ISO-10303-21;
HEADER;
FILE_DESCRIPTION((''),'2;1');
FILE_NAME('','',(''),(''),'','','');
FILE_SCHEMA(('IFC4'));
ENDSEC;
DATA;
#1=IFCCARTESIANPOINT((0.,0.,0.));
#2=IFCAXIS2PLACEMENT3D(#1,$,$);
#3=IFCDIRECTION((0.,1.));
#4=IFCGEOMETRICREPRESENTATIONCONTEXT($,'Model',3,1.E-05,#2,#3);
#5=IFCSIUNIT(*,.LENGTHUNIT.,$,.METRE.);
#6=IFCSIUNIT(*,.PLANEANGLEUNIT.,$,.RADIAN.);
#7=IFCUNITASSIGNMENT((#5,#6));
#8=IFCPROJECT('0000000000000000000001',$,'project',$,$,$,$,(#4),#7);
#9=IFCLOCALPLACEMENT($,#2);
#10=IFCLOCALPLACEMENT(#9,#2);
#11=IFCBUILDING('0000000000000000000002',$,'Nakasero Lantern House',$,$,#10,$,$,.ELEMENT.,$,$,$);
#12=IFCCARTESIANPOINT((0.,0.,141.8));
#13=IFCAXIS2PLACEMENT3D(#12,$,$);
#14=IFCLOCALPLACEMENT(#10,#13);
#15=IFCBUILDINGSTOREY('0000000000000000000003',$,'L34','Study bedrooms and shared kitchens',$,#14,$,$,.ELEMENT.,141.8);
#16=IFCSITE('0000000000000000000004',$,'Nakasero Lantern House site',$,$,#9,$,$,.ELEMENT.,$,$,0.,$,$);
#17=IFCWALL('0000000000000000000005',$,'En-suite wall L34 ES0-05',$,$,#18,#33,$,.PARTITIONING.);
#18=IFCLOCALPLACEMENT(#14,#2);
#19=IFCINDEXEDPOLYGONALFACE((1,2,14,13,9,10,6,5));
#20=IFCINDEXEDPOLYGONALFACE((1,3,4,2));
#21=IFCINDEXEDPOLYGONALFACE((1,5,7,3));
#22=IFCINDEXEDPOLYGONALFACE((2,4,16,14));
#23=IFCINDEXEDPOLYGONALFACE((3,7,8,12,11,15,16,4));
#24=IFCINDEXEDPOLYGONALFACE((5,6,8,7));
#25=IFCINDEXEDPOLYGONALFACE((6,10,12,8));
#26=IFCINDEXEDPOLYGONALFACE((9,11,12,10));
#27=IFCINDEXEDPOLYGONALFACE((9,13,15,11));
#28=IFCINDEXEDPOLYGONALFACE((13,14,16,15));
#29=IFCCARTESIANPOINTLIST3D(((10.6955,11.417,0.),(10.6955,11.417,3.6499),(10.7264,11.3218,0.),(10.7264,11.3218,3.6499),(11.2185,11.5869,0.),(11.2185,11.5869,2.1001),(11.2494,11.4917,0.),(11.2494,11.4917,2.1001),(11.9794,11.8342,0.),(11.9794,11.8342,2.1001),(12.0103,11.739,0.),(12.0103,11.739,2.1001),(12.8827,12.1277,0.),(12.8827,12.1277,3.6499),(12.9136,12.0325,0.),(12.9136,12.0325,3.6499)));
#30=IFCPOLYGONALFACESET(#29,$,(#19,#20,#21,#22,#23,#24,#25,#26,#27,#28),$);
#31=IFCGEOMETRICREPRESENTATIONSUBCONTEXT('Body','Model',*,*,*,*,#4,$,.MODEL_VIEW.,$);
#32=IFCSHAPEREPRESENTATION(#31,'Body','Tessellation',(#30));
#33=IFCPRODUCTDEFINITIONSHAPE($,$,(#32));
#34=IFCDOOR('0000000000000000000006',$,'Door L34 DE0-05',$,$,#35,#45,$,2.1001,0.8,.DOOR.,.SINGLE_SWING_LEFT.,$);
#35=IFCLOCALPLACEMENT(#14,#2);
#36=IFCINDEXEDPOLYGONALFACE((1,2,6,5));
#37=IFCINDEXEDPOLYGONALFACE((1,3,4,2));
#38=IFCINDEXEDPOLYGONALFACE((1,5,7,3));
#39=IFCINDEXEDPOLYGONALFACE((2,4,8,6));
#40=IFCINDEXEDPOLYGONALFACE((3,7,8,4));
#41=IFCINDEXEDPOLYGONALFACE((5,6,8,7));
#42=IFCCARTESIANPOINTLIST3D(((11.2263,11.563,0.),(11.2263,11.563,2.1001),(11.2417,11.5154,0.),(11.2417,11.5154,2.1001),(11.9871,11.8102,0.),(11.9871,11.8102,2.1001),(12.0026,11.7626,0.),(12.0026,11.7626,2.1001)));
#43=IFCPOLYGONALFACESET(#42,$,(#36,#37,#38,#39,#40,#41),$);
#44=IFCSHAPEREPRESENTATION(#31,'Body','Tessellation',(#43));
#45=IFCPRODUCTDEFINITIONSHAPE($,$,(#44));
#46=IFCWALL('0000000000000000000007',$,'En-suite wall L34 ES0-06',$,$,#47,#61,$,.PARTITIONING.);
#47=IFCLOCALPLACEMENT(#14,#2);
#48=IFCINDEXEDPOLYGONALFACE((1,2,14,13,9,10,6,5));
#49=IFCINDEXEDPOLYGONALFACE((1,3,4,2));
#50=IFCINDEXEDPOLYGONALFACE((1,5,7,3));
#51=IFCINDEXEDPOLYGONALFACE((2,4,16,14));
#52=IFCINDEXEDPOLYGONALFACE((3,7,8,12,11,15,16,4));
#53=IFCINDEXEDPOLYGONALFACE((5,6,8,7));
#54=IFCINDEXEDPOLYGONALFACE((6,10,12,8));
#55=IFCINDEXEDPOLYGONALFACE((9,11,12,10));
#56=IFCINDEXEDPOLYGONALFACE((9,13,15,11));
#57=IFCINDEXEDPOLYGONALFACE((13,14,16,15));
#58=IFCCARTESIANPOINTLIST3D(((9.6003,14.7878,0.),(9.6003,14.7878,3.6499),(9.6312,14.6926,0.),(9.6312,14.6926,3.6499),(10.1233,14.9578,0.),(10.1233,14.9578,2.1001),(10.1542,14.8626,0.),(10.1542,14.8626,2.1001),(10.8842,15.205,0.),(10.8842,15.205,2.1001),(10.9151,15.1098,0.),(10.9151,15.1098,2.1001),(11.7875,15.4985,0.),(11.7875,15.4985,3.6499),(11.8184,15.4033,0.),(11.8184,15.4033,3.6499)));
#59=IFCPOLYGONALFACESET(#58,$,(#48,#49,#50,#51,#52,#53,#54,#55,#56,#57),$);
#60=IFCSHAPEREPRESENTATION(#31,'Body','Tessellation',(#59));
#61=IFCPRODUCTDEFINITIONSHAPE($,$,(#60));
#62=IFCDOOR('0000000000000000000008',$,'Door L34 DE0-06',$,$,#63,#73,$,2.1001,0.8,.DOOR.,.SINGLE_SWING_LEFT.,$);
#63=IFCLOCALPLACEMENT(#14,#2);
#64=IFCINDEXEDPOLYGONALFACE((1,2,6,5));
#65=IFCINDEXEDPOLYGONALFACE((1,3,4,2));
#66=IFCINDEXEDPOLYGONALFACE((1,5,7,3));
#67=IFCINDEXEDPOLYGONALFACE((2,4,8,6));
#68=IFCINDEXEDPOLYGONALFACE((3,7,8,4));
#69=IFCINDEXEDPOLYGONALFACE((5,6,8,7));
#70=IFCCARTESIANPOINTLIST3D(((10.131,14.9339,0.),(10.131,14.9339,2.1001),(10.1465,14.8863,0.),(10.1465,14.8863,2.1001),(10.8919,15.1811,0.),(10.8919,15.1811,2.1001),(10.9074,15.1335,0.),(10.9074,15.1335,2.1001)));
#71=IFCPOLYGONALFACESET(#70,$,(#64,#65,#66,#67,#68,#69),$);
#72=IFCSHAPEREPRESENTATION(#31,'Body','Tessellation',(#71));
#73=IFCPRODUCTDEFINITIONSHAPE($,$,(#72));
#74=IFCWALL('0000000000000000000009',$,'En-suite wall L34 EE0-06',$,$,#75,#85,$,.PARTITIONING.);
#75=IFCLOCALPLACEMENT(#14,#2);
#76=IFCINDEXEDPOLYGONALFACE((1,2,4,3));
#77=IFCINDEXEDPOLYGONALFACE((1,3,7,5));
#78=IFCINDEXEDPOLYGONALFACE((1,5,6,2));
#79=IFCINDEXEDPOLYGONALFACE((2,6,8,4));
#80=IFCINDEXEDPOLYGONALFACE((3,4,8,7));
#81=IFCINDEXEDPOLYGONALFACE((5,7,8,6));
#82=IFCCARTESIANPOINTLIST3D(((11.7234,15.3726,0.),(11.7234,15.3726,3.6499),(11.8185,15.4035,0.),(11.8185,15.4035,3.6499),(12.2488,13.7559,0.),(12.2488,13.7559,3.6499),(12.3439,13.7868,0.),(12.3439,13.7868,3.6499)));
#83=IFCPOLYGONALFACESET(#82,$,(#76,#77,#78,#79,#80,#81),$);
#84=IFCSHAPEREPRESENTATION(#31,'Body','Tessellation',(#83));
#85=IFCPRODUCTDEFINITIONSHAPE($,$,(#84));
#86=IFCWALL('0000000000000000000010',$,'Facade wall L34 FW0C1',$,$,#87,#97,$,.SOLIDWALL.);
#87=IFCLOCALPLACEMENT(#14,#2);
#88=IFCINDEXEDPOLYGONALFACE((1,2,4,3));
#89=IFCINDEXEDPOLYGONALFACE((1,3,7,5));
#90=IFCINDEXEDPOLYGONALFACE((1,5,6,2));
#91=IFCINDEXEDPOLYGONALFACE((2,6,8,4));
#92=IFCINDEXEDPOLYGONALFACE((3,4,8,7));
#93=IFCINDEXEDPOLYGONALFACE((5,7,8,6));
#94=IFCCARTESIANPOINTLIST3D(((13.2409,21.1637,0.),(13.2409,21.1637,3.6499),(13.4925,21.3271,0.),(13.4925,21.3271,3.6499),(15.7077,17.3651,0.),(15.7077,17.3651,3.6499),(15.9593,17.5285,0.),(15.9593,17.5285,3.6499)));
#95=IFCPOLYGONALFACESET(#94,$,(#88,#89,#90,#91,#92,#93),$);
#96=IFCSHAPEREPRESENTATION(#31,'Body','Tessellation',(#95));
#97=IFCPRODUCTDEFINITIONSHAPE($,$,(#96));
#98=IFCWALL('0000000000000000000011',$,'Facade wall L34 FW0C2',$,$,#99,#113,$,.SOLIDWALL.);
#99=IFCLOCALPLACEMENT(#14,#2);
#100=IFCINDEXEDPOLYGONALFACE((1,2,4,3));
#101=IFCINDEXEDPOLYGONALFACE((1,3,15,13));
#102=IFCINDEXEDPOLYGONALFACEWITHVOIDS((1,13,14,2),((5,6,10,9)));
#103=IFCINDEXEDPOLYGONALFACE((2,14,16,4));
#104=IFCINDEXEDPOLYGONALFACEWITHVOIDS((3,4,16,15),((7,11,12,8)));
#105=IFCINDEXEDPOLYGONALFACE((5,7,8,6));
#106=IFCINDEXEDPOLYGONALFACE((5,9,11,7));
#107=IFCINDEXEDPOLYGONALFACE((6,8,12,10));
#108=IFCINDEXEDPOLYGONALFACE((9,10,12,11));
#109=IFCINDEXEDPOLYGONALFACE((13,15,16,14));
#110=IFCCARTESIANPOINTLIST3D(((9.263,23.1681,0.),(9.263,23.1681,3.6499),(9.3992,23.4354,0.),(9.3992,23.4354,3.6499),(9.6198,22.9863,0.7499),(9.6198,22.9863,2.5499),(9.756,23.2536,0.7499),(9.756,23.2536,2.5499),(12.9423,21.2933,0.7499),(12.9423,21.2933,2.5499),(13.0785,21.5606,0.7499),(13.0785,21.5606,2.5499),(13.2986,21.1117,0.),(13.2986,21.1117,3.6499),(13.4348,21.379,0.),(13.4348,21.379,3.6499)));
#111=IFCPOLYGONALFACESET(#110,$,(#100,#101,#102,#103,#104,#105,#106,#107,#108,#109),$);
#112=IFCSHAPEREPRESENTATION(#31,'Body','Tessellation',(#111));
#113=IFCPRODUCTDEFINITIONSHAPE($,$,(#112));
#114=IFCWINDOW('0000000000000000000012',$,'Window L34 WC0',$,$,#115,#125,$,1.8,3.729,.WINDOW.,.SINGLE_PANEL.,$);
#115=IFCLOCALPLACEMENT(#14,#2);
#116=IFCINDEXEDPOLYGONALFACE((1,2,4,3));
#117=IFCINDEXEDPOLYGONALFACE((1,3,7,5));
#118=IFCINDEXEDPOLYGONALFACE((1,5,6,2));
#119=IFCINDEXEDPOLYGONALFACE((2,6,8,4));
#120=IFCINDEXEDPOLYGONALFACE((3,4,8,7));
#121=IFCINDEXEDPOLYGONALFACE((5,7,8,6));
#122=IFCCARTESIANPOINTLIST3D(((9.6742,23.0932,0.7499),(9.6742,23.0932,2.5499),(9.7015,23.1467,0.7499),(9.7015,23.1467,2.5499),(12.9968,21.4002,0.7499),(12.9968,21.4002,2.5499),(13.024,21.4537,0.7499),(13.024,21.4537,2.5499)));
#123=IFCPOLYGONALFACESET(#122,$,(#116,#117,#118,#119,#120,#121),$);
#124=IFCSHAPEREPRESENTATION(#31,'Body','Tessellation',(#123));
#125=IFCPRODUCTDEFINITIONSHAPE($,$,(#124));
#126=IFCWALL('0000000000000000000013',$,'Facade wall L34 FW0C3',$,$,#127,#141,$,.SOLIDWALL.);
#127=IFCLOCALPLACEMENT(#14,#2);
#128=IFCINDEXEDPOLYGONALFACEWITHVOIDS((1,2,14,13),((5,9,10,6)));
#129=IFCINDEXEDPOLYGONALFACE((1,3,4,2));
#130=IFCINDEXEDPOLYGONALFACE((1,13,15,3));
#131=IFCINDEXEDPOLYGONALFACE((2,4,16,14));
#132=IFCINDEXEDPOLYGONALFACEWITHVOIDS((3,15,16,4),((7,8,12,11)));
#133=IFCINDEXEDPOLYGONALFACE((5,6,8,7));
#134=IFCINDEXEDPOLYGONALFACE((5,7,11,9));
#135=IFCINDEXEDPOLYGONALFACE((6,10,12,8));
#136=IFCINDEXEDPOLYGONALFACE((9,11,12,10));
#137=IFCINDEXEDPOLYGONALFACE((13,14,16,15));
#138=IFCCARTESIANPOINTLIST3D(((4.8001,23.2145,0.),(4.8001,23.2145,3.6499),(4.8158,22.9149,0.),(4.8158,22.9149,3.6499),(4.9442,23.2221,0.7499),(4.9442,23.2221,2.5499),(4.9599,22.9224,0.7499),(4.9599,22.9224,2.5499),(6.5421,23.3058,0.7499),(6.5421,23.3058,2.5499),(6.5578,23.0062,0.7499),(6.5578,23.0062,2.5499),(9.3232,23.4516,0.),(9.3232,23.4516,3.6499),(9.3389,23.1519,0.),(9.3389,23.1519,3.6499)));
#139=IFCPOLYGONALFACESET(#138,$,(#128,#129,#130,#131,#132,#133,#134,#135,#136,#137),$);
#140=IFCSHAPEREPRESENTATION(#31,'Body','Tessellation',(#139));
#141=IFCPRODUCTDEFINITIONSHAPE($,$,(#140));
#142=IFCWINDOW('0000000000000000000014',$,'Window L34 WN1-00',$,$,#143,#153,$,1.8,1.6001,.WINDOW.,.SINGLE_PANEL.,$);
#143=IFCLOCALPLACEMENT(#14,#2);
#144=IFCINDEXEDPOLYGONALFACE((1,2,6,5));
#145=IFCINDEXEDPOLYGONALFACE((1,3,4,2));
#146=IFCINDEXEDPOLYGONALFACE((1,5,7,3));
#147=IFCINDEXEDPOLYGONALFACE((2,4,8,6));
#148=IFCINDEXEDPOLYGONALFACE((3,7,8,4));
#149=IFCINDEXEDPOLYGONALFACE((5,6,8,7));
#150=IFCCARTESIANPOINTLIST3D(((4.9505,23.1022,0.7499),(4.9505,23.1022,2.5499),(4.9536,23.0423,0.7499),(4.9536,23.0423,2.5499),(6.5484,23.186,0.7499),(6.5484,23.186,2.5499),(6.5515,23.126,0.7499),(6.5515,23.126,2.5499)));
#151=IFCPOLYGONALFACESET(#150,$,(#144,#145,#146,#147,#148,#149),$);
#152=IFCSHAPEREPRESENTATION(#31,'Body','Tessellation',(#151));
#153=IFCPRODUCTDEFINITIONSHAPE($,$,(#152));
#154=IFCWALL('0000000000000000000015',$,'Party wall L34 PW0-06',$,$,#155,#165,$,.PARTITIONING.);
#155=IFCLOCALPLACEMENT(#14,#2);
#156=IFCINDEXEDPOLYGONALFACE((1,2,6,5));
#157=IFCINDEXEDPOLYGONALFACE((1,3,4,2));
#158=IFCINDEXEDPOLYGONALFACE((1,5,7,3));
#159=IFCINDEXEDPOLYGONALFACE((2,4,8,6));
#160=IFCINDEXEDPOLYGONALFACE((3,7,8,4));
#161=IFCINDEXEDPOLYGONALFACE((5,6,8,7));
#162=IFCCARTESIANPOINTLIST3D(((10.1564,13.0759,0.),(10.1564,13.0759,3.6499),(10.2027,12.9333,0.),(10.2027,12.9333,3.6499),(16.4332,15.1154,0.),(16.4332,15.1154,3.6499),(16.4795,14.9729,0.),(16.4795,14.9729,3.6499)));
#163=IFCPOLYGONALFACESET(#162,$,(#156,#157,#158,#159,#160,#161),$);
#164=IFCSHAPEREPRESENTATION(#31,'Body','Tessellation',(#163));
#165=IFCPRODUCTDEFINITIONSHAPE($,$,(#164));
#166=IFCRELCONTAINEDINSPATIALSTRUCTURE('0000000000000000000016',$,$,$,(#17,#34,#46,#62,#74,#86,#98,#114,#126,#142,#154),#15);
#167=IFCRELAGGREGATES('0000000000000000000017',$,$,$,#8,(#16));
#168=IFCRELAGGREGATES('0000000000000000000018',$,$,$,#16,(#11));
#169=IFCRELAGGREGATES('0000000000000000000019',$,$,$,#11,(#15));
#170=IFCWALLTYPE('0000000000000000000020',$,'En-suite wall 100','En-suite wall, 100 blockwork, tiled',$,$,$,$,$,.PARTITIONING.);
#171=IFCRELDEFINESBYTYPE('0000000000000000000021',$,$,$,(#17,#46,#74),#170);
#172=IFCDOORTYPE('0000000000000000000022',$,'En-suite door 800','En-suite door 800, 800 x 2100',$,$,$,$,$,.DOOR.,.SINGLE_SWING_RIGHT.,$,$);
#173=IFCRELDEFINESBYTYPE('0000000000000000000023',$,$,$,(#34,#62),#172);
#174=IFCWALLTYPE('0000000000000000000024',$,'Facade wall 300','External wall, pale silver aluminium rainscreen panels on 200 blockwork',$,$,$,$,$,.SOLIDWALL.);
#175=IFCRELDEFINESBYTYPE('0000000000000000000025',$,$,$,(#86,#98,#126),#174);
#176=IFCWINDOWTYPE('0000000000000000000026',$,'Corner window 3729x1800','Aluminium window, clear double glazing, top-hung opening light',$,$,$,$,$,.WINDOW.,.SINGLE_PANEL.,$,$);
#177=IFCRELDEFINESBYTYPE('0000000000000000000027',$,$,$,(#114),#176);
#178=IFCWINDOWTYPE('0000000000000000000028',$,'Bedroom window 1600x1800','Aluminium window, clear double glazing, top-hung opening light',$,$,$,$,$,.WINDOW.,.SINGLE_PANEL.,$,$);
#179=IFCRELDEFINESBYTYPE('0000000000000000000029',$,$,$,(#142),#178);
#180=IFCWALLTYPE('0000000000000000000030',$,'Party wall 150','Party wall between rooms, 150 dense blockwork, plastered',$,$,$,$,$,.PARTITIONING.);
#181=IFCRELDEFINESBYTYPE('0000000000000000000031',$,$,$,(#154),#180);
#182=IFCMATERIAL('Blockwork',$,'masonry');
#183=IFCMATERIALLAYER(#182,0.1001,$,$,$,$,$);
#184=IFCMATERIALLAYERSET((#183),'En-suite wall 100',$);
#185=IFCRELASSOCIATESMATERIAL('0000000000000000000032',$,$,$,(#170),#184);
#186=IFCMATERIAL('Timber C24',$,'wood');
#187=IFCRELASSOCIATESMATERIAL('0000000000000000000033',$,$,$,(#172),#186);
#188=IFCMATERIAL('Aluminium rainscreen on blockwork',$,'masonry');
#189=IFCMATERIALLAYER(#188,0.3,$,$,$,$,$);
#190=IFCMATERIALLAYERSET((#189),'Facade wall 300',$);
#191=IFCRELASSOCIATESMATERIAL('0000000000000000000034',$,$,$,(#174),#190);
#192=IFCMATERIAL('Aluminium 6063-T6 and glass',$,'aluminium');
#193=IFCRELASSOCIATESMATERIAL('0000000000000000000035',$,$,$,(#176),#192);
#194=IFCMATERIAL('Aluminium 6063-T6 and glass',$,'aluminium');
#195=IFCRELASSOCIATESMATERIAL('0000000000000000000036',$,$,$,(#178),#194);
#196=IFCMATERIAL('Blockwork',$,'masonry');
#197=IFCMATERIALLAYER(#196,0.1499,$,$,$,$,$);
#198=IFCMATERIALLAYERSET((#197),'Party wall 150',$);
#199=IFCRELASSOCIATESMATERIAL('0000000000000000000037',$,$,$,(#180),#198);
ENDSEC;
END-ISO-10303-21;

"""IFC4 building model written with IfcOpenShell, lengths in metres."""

from ifc_helpers import new_model, si_unit, direction, frame, frame_2d, origin, place, context, subcontext, project, spatial, rectangle, extrude, material, layer, layer_set, type_object, element, fill, save


model = new_model("IFC4")

# Units and contexts
model_context = context("Model", 3, precision=1e-05, world=origin(), true_north=direction((0.0, 1.0)))
body_context = subcontext(model_context, "Body", "Model", "MODEL_VIEW")
ifc_project = project(units=[si_unit("LENGTHUNIT", "METRE"), si_unit("PLANEANGLEUNIT", "RADIAN")], contexts=[model_context])

# Site, building, storey
site_placement = place(None, origin())
site = spatial("IfcSite", under=ifc_project, at=site_placement, Name="Nakasero Lantern House site", CompositionType="ELEMENT", RefElevation=0.0)
building_placement = place(site_placement, origin())
building = spatial("IfcBuilding", under=site, at=building_placement, Name="Nakasero Lantern House", CompositionType="ELEMENT")
storey_placement = place(building_placement, frame((0.0, 0.0, 141.8)))
storey = spatial("IfcBuildingStorey", under=building, at=storey_placement, Name="L34", Description="Study bedrooms and shared kitchens", CompositionType="ELEMENT", Elevation=141.8)

# Walls, openings, doors
ifc_material_1 = material(Name="Blockwork", Category="masonry")
ifc_layer_1 = layer(ifc_material_1, 0.1001)
ifc_layer_set_1 = layer_set([ifc_layer_1], Name="En-suite wall 100")
wall_type_1 = type_object("IfcWallType", Name="En-suite wall 100", Description="En-suite wall, 100 blockwork, tiled", PredefinedType="PARTITIONING", material=ifc_layer_set_1)
wall_1_placement = place(storey_placement, frame((10.7109, 11.3694, 0.0), z_axis=(0.0, 0.0, 1.0), x_axis=(0.951055, 0.309021, 0.0)))
wall_1 = element("IfcWall", 1, at=wall_1_placement, inside=storey, type_object=wall_type_1, Name="En-suite wall L34 ES0-05", PredefinedType="PARTITIONING", context=body_context, shape_type="SweptSolid", body=[
    extrude(rectangle(XDim=2.2998, YDim=0.1001, at=frame_2d((1.1499, 0.0))), origin(), (0.0, 0.0, 1.0), 3.6499),
])
opening_1_placement = place(wall_1_placement, frame((0.55, 0.0, 0.0)))
opening_1 = element("IfcOpeningElement", 2, at=opening_1_placement, cuts=wall_1, PredefinedType="OPENING", context=body_context, shape_type="SweptSolid", body=[
    extrude(rectangle(XDim=0.8, YDim=2.1001, at=frame_2d((0.3999, 1.05))), frame((0.0, 0.0701, 0.0), z_axis=(0.0, -1.0, 0.0), x_axis=(1.0, 0.0, 0.0)), (0.0, 0.0, 1.0), 0.1401),
])
ifc_material_2 = material(Name="Timber C24", Category="wood")
door_type_1 = type_object("IfcDoorType", Name="En-suite door 800", Description="En-suite door 800, 800 x 2100", OperationType="SINGLE_SWING_RIGHT", PredefinedType="DOOR", material=ifc_material_2)
door_1_placement = place(opening_1_placement, origin())
door_1 = element("IfcDoor", 3, at=door_1_placement, inside=storey, type_object=door_type_1, Name="Door L34 DE0-05", OperationType="SINGLE_SWING_LEFT", OverallHeight=2.1001, OverallWidth=0.8, PredefinedType="DOOR", context=body_context, shape_type="SweptSolid", body=[
    extrude(rectangle(XDim=0.8, YDim=2.1001, at=frame_2d((0.3999, 1.05))), frame((0.0, 0.0249, 0.0), z_axis=(0.0, -1.0, 0.0), x_axis=(1.0, 0.0, 0.0)), (0.0, 0.0, 1.0), 0.05),
])
fill(opening_1, door_1)
wall_2_placement = place(storey_placement, frame((9.6157, 14.7402, 0.0), z_axis=(0.0, 0.0, 1.0), x_axis=(0.951055, 0.309021, 0.0)))
wall_2 = element("IfcWall", 4, at=wall_2_placement, inside=storey, type_object=wall_type_1, Name="En-suite wall L34 ES0-06", PredefinedType="PARTITIONING", context=body_context, shape_type="SweptSolid", body=[
    extrude(rectangle(XDim=2.2998, YDim=0.1001, at=frame_2d((1.1499, 0.0))), origin(), (0.0, 0.0, 1.0), 3.6499),
])
opening_2_placement = place(wall_2_placement, frame((0.55, 0.0, 0.0)))
opening_2 = element("IfcOpeningElement", 5, at=opening_2_placement, cuts=wall_2, PredefinedType="OPENING", context=body_context, shape_type="SweptSolid", body=[
    extrude(rectangle(XDim=0.8, YDim=2.1001, at=frame_2d((0.3999, 1.05))), frame((0.0, 0.0701, 0.0), z_axis=(0.0, -1.0, 0.0), x_axis=(1.0, 0.0, 0.0)), (0.0, 0.0, 1.0), 0.1401),
])
door_2_placement = place(opening_2_placement, origin())
door_2 = element("IfcDoor", 6, at=door_2_placement, inside=storey, type_object=door_type_1, Name="Door L34 DE0-06", OperationType="SINGLE_SWING_LEFT", OverallHeight=2.1001, OverallWidth=0.8, PredefinedType="DOOR", context=body_context, shape_type="SweptSolid", body=[
    extrude(rectangle(XDim=0.8, YDim=2.1001, at=frame_2d((0.3999, 1.05))), frame((0.0, 0.0249, 0.0), z_axis=(0.0, -1.0, 0.0), x_axis=(1.0, 0.0, 0.0)), (0.0, 0.0, 1.0), 0.05),
])
fill(opening_2, door_2)

# Walls
wall_3_placement = place(storey_placement, frame((12.2964, 13.7712, 0.0), z_axis=(0.0, 0.0, 1.0), x_axis=(-0.309067, 0.95104, 0.0)))
element("IfcWall", 7, at=wall_3_placement, inside=storey, type_object=wall_type_1, Name="En-suite wall L34 EE0-06", PredefinedType="PARTITIONING", context=body_context, shape_type="SweptSolid", body=[
    extrude(rectangle(XDim=1.7, YDim=0.1001, at=frame_2d((0.8501, 0.0))), origin(), (0.0, 0.0, 1.0), 3.6499),
])
ifc_material_3 = material(Name="Aluminium rainscreen on blockwork", Category="masonry")
ifc_layer_2 = layer(ifc_material_3, 0.3)
ifc_layer_set_2 = layer_set([ifc_layer_2], Name="Facade wall 300")
wall_type_2 = type_object("IfcWallType", Name="Facade wall 300", Description="External wall, pale silver aluminium rainscreen panels on 200 blockwork", PredefinedType="SOLIDWALL", material=ifc_layer_set_2)
wall_4_placement = place(storey_placement, frame((15.8335, 17.4468, 0.0), z_axis=(0.0, 0.0, 1.0), x_axis=(-0.544634, 0.838674, 0.0)))
element("IfcWall", 8, at=wall_4_placement, inside=storey, type_object=wall_type_2, Name="Facade wall L34 FW0C1", PredefinedType="SOLIDWALL", context=body_context, shape_type="SweptSolid", body=[
    extrude(rectangle(XDim=4.5293, YDim=0.3, at=frame_2d((2.2646, 0.0))), origin(), (0.0, 0.0, 1.0), 3.6499),
])

# Walls, openings, windows
wall_5_placement = place(storey_placement, frame((13.3667, 21.2454, 0.0), z_axis=(0.0, 0.0, 1.0), x_axis=(-0.890995, 0.454014, 0.0)))
wall_5 = element("IfcWall", 9, at=wall_5_placement, inside=storey, type_object=wall_type_2, Name="Facade wall L34 FW0C2", PredefinedType="SOLIDWALL", context=body_context, shape_type="SweptSolid", body=[
    extrude(rectangle(XDim=4.5293, YDim=0.3, at=frame_2d((2.2646, 0.0))), origin(), (0.0, 0.0, 1.0), 3.6499),
])
opening_3_placement = place(wall_5_placement, frame((0.3999, 0.0, 0.75)))
opening_3 = element("IfcOpeningElement", 10, at=opening_3_placement, cuts=wall_5, PredefinedType="OPENING", context=body_context, shape_type="SweptSolid", body=[
    extrude(rectangle(XDim=3.729, YDim=1.8, at=frame_2d((1.8645, 0.8999))), frame((0.0, 0.1699, 0.0), z_axis=(0.0, -1.0, 0.0), x_axis=(1.0, 0.0, 0.0)), (0.0, 0.0, 1.0), 0.3401),
])
ifc_material_4 = material(Name="Aluminium 6063-T6 and glass", Category="aluminium")
window_type_1 = type_object("IfcWindowType", Name="Corner window 3729x1800", Description="Aluminium window, clear double glazing, top-hung opening light", PartitioningType="SINGLE_PANEL", PredefinedType="WINDOW", material=ifc_material_4)
window_1_placement = place(opening_3_placement, origin())
window_1 = element("IfcWindow", 11, at=window_1_placement, inside=storey, type_object=window_type_1, Name="Window L34 WC0", OverallHeight=1.8, OverallWidth=3.729, PartitioningType="SINGLE_PANEL", PredefinedType="WINDOW", context=body_context, shape_type="SweptSolid", body=[
    extrude(rectangle(XDim=3.729, YDim=1.8, at=frame_2d((1.8645, 0.8999))), frame((0.0, 0.03, 0.0), z_axis=(0.0, -1.0, 0.0), x_axis=(1.0, 0.0, 0.0)), (0.0, 0.0, 1.0), 0.0601),
])
fill(opening_3, window_1)
wall_6_placement = place(storey_placement, frame((9.3311, 23.3018, 0.0), z_axis=(0.0, 0.0, 1.0), x_axis=(-0.998629, -0.052338, 0.0)))
wall_6 = element("IfcWall", 12, at=wall_6_placement, inside=storey, type_object=wall_type_2, Name="Facade wall L34 FW0C3", PredefinedType="SOLIDWALL", context=body_context, shape_type="SweptSolid", body=[
    extrude(rectangle(XDim=4.5293, YDim=0.3, at=frame_2d((2.2646, 0.0))), origin(), (0.0, 0.0, 1.0), 3.6499),
])
opening_4_placement = place(wall_6_placement, frame((2.7849, 0.0, 0.75)))
opening_4 = element("IfcOpeningElement", 13, at=opening_4_placement, cuts=wall_6, PredefinedType="OPENING", context=body_context, shape_type="SweptSolid", body=[
    extrude(rectangle(XDim=1.6001, YDim=1.8, at=frame_2d((0.8, 0.8999))), frame((0.0, 0.1699, 0.0), z_axis=(0.0, -1.0, 0.0), x_axis=(1.0, 0.0, 0.0)), (0.0, 0.0, 1.0), 0.3401),
])
ifc_material_5 = material(Name="Aluminium 6063-T6 and glass", Category="aluminium")
window_type_2 = type_object("IfcWindowType", Name="Bedroom window 1600x1800", Description="Aluminium window, clear double glazing, top-hung opening light", PartitioningType="SINGLE_PANEL", PredefinedType="WINDOW", material=ifc_material_5)
window_2_placement = place(opening_4_placement, origin())
window_2 = element("IfcWindow", 14, at=window_2_placement, inside=storey, type_object=window_type_2, Name="Window L34 WN1-00", OverallHeight=1.8, OverallWidth=1.6001, PartitioningType="SINGLE_PANEL", PredefinedType="WINDOW", context=body_context, shape_type="SweptSolid", body=[
    extrude(rectangle(XDim=1.6001, YDim=1.8, at=frame_2d((0.8, 0.8999))), frame((0.0, 0.03, 0.0), z_axis=(0.0, -1.0, 0.0), x_axis=(1.0, 0.0, 0.0)), (0.0, 0.0, 1.0), 0.0601),
])
fill(opening_4, window_2)

# Wall
ifc_material_6 = material(Name="Blockwork", Category="masonry")
ifc_layer_3 = layer(ifc_material_6, 0.1499)
ifc_layer_set_3 = layer_set([ifc_layer_3], Name="Party wall 150")
wall_type_3 = type_object("IfcWallType", Name="Party wall 150", Description="Party wall between rooms, 150 dense blockwork, plastered", PredefinedType="PARTITIONING", material=ifc_layer_set_3)
wall_7_placement = place(storey_placement, frame((10.1797, 13.0046, 0.0), z_axis=(0.0, 0.0, 1.0), x_axis=(0.951053, 0.309028, 0.0)))
element("IfcWall", 15, at=wall_7_placement, inside=storey, type_object=wall_type_3, Name="Party wall L34 PW0-06", PredefinedType="PARTITIONING", context=body_context, shape_type="SweptSolid", body=[
    extrude(rectangle(XDim=6.5999, YDim=0.1499, at=frame_2d((3.2998, 0.0))), origin(), (0.0, 0.0, 1.0), 3.6499),
])

save(model, "model.ifc")
